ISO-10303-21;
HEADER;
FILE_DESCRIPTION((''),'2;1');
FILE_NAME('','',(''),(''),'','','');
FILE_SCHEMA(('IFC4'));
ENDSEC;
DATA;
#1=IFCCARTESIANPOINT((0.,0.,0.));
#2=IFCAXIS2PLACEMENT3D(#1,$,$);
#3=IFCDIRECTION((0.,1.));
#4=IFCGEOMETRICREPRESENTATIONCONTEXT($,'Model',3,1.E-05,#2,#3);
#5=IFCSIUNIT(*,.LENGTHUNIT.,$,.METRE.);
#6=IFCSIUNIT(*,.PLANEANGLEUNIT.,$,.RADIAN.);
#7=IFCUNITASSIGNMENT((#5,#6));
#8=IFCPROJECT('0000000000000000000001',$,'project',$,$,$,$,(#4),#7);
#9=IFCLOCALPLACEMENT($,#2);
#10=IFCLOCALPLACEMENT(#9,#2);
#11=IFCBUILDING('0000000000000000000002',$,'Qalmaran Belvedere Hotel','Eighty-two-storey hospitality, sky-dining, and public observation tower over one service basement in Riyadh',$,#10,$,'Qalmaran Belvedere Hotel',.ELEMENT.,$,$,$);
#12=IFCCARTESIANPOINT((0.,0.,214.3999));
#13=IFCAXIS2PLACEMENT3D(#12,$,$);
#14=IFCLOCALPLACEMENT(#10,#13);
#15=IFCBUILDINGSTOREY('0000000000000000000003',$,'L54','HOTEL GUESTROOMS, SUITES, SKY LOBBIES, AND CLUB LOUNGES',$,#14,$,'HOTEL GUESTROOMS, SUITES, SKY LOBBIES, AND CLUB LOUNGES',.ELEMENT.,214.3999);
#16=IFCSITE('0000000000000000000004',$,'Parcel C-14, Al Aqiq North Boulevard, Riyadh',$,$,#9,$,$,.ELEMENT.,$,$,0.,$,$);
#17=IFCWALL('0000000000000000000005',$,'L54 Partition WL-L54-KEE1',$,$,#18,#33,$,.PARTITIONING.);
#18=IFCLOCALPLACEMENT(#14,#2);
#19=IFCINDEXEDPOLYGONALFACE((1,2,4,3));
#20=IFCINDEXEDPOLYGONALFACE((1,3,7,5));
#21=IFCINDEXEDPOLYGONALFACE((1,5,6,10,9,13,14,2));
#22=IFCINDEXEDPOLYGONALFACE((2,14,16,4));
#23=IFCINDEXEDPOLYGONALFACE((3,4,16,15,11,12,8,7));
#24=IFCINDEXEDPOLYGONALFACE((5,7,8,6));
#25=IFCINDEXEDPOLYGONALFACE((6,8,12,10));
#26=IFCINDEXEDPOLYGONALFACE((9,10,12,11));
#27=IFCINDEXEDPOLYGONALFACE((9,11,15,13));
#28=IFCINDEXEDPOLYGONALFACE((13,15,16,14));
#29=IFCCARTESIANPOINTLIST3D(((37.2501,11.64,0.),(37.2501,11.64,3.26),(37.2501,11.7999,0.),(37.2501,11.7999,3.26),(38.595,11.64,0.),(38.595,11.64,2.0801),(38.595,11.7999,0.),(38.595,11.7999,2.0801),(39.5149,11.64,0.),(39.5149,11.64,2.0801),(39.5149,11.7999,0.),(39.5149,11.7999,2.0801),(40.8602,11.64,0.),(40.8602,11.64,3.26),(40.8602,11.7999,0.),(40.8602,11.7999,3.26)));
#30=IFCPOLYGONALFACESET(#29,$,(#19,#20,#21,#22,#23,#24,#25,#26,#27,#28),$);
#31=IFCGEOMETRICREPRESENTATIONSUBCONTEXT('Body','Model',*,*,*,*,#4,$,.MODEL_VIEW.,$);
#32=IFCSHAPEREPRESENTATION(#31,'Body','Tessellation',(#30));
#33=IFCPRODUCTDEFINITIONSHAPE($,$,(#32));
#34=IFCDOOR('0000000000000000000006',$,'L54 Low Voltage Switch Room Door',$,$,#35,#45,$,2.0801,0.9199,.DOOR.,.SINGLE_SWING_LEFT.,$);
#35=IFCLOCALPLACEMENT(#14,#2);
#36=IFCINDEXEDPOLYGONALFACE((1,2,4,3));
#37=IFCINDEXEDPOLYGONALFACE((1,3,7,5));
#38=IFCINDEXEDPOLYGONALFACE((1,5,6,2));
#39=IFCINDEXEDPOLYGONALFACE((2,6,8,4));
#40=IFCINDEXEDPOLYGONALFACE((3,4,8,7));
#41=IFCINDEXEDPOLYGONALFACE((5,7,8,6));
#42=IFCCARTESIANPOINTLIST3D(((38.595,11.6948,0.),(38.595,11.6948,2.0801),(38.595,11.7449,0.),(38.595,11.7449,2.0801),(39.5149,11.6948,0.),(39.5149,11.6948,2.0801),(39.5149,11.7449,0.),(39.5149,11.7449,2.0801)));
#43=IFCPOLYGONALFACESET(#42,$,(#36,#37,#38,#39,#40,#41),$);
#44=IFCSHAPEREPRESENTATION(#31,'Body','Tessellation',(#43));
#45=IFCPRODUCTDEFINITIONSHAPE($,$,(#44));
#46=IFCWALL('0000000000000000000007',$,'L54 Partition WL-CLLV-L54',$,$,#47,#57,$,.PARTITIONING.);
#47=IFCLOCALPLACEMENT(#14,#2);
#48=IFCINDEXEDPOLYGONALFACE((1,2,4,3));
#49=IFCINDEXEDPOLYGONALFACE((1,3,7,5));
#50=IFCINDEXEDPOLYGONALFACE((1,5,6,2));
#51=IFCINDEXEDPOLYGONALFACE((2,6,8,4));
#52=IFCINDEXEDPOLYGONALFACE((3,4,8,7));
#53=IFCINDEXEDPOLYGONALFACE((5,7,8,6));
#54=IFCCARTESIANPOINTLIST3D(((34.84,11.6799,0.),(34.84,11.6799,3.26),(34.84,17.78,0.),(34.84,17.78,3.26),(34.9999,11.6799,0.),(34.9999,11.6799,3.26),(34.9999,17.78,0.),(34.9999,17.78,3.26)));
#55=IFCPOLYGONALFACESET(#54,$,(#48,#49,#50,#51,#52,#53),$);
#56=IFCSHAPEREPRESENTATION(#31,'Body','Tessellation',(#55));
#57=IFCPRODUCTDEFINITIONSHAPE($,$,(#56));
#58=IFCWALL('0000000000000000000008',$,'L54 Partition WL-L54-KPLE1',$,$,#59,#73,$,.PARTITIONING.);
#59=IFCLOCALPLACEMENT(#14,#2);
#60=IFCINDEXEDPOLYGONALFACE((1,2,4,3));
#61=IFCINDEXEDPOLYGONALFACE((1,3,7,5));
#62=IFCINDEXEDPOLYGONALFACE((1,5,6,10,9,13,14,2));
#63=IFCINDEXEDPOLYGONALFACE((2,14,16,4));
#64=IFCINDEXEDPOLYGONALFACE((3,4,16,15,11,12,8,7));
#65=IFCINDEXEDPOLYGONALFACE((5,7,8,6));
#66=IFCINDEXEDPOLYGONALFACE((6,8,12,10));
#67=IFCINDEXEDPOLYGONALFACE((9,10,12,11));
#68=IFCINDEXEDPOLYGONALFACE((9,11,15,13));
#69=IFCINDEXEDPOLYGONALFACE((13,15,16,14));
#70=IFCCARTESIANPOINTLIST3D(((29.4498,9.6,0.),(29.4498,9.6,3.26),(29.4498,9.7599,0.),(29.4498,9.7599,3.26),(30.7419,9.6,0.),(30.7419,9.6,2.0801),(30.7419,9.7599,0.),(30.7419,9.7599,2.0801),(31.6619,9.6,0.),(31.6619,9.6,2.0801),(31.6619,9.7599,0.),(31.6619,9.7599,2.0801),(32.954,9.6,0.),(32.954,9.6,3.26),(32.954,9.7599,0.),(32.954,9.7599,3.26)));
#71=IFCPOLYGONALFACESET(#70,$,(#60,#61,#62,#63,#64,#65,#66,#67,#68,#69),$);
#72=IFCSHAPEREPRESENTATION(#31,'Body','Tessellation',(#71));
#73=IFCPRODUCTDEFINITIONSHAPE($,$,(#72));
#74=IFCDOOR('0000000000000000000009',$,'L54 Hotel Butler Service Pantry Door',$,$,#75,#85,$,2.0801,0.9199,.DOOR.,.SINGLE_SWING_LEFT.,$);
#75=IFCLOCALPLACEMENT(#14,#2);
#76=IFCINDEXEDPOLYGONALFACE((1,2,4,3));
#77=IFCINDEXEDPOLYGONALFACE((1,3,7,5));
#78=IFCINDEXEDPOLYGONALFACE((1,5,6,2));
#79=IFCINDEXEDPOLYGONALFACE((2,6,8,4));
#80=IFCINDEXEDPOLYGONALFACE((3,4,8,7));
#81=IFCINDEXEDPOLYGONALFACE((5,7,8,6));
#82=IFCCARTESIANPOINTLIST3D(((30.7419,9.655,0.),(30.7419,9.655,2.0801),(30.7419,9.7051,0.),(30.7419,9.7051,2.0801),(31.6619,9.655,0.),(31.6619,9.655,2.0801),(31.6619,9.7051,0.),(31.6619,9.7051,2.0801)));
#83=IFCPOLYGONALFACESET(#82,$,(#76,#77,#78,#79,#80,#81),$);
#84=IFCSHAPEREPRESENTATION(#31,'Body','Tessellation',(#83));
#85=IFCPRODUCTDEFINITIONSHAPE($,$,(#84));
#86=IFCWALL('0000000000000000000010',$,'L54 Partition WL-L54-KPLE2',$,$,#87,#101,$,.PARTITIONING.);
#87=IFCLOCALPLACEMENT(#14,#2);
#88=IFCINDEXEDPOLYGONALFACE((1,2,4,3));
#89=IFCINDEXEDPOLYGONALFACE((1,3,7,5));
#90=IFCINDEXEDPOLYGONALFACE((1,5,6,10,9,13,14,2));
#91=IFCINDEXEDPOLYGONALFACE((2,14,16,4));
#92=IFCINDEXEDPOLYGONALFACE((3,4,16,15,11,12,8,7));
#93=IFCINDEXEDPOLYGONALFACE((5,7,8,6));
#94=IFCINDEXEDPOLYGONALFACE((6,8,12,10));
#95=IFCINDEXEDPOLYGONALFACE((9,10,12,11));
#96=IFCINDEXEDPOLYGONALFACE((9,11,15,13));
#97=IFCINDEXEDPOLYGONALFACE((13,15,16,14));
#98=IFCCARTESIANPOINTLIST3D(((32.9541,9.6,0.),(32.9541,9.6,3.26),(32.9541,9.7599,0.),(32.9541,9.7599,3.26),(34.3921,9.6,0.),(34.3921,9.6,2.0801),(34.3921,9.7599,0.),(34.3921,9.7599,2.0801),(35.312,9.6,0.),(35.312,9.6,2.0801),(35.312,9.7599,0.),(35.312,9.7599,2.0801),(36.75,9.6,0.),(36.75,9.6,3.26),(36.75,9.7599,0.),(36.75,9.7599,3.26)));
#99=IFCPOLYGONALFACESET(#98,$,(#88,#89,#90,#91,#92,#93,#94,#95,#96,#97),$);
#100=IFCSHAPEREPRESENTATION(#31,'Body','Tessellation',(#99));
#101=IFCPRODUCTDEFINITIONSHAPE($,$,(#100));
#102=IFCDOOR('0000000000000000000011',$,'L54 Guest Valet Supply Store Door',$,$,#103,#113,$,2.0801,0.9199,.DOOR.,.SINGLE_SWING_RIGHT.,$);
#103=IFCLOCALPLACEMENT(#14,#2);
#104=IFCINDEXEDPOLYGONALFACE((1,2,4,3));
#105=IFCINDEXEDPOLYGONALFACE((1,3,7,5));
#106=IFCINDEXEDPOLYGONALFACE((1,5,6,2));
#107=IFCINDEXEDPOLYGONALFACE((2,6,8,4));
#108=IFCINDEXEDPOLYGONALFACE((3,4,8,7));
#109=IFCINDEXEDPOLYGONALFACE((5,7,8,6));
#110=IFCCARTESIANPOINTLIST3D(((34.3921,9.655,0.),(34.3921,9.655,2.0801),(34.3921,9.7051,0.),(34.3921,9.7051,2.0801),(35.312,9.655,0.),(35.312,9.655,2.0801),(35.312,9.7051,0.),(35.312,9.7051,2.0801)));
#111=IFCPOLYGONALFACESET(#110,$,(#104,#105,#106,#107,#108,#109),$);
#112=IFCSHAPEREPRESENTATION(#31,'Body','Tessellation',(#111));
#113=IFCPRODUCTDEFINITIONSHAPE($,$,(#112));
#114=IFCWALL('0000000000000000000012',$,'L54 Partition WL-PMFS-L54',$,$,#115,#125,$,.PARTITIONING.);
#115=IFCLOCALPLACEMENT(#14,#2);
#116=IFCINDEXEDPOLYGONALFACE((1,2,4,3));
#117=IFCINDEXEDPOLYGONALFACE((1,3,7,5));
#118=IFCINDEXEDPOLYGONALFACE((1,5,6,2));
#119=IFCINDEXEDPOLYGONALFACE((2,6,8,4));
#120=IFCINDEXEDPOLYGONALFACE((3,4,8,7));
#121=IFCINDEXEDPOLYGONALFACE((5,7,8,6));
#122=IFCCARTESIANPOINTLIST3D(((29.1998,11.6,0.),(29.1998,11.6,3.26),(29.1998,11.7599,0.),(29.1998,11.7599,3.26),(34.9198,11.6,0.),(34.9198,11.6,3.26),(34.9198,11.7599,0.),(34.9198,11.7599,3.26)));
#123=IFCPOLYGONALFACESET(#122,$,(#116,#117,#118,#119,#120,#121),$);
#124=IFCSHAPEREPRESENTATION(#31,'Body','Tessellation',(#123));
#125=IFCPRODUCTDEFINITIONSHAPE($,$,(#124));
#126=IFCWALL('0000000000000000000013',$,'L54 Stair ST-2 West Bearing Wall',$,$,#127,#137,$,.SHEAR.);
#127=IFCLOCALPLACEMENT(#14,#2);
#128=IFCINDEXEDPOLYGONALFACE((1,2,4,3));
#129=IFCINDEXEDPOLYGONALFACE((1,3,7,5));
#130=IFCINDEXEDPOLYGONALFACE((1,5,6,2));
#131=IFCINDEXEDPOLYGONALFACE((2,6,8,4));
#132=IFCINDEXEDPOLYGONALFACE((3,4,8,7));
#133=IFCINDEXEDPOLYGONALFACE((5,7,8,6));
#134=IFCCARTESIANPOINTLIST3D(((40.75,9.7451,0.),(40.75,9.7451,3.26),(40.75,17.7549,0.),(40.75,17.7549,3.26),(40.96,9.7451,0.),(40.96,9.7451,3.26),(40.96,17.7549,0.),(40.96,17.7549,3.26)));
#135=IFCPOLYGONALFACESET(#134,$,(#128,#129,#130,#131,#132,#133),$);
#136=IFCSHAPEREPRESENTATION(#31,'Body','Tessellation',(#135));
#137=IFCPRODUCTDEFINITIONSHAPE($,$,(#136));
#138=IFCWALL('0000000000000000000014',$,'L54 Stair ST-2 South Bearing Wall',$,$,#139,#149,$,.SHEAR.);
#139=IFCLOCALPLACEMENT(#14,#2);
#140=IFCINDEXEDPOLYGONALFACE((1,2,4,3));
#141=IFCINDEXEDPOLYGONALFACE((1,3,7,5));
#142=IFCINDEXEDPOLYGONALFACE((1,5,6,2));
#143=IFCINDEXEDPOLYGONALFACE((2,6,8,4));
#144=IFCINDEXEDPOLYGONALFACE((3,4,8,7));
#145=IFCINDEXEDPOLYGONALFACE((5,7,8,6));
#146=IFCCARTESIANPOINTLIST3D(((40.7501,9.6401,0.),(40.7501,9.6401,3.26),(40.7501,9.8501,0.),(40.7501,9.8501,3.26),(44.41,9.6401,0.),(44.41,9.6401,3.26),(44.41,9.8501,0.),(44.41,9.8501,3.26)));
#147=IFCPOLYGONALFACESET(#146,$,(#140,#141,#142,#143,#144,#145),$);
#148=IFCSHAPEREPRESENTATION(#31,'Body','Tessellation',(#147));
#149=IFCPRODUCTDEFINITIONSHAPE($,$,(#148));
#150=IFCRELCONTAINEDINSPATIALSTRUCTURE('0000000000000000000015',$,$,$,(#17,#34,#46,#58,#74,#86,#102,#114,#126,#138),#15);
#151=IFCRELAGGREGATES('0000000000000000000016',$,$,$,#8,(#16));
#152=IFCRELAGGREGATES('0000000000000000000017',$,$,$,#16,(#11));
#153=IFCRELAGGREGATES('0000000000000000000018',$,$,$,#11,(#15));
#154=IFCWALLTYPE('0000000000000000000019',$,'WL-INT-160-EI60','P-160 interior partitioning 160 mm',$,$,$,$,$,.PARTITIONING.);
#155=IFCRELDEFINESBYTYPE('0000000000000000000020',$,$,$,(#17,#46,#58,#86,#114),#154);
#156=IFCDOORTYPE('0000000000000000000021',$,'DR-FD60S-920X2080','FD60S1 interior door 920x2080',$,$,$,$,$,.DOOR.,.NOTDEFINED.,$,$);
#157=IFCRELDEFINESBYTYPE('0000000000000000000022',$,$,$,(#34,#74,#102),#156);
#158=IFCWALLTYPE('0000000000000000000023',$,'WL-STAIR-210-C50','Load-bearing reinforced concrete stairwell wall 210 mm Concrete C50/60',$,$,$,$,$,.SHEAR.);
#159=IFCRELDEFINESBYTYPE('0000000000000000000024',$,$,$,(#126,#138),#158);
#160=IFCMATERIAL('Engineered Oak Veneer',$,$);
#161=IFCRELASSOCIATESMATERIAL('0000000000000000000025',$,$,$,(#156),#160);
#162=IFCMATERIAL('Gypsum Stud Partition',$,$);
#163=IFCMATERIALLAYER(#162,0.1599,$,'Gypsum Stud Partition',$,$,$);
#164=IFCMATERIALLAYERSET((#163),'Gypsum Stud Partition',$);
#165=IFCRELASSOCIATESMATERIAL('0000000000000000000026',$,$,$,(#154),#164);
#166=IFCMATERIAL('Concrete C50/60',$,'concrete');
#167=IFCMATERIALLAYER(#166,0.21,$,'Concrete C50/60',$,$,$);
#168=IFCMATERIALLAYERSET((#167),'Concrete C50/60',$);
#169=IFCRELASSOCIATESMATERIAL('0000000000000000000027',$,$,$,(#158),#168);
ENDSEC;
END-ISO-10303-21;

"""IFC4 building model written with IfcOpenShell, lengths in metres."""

from ifc_helpers import new_model, si_unit, direction, frame, frame_2d, origin, place, context, subcontext, project, spatial, rectangle, extrude, material, layer, layer_set, type_object, element, fill, save


model = new_model("IFC4")

# Units and contexts
model_context = context("Model", 3, precision=1e-05, world=origin(), true_north=direction((0.0, 1.0)))
body_context = subcontext(model_context, "Body", "Model", "MODEL_VIEW")
ifc_project = project(units=[si_unit("LENGTHUNIT", "METRE"), si_unit("PLANEANGLEUNIT", "RADIAN")], contexts=[model_context])

# Site, building, storey
site_placement = place(None, origin())
site = spatial("IfcSite", under=ifc_project, at=site_placement, Name="Parcel C-14, Al Aqiq North Boulevard, Riyadh", CompositionType="ELEMENT", RefElevation=0.0)
building_placement = place(site_placement, origin())
building = spatial("IfcBuilding", under=site, at=building_placement, Name="Qalmaran Belvedere Hotel", Description="Eighty-two-storey hospitality, sky-dining, and public observation tower over one service basement in Riyadh", LongName="Qalmaran Belvedere Hotel", CompositionType="ELEMENT")
storey_placement = place(building_placement, frame((0.0, 0.0, 214.3999)))
storey = spatial("IfcBuildingStorey", under=building, at=storey_placement, Name="L54", Description="HOTEL GUESTROOMS, SUITES, SKY LOBBIES, AND CLUB LOUNGES", LongName="HOTEL GUESTROOMS, SUITES, SKY LOBBIES, AND CLUB LOUNGES", CompositionType="ELEMENT", Elevation=214.3999)

# Shared definitions
ifc_material_1 = material(Name="Concrete C50/60", Category="concrete")

# Shared definitions
ifc_material_2 = material(Name="Gypsum Stud Partition")

# Wall, opening, door
ifc_material_3 = material(Name="Engineered Oak Veneer")
door_type_1 = type_object("IfcDoorType", Name="DR-FD60S-920X2080", Description="FD60S1 interior door 920x2080", OperationType="NOTDEFINED", PredefinedType="DOOR", material=ifc_material_3)
ifc_layer_1 = layer(ifc_material_2, 0.1599, Name="Gypsum Stud Partition")
ifc_layer_set_1 = layer_set([ifc_layer_1], Name="Gypsum Stud Partition")
wall_type_1 = type_object("IfcWallType", Name="WL-INT-160-EI60", Description="P-160 interior partitioning 160 mm", PredefinedType="PARTITIONING", material=ifc_layer_set_1)
wall_1_placement = place(storey_placement, frame((37.25, 11.72, 0.0), z_axis=(0.0, 0.0, 1.0), x_axis=(1.0, 0.0, 0.0)))
wall_1 = element("IfcWall", 1, at=wall_1_placement, inside=storey, type_object=wall_type_1, Name="L54 Partition WL-L54-KEE1", PredefinedType="PARTITIONING", context=body_context, shape_type="SweptSolid", body=[
    extrude(rectangle(XDim=3.6101, YDim=0.1599, at=frame_2d((1.8052, 0.0))), origin(), (0.0, 0.0, 1.0), 3.26),
])
opening_1_placement = place(wall_1_placement, frame((1.345, 0.0, 0.0)))
opening_1 = element("IfcOpeningElement", 2, at=opening_1_placement, cuts=wall_1, PredefinedType="OPENING", context=body_context, shape_type="SweptSolid", body=[
    extrude(rectangle(XDim=0.9199, YDim=2.0801, at=frame_2d((0.46, 1.04))), frame((0.0, 0.0898, 0.0), z_axis=(0.0, -1.0, 0.0), x_axis=(1.0, 0.0, 0.0)), (0.0, 0.0, 1.0), 0.1799),
])
door_1_placement = place(opening_1_placement, origin())
door_1 = element("IfcDoor", 3, at=door_1_placement, inside=storey, type_object=door_type_1, Name="L54 Low Voltage Switch Room Door", OperationType="SINGLE_SWING_LEFT", OverallHeight=2.0801, OverallWidth=0.9199, PredefinedType="DOOR", context=body_context, shape_type="SweptSolid", body=[
    extrude(rectangle(XDim=0.9199, YDim=2.0801, at=frame_2d((0.46, 1.04))), frame((0.0, 0.0249, 0.0), z_axis=(0.0, -1.0, 0.0), x_axis=(1.0, 0.0, 0.0)), (0.0, 0.0, 1.0), 0.05),
])
fill(opening_1, door_1)

# Wall
wall_2_placement = place(storey_placement, frame((34.9199, 11.6799, 0.0), z_axis=(0.0, 0.0, 1.0), x_axis=(0.0, 1.0, 0.0)))
element("IfcWall", 4, at=wall_2_placement, inside=storey, type_object=wall_type_1, Name="L54 Partition WL-CLLV-L54", PredefinedType="PARTITIONING", context=body_context, shape_type="SweptSolid", body=[
    extrude(rectangle(XDim=6.1001, YDim=0.1599, at=frame_2d((3.05, 0.0))), origin(), (0.0, 0.0, 1.0), 3.26),
])

# Walls, openings, doors
wall_3_placement = place(storey_placement, frame((29.45, 9.6799, 0.0), z_axis=(0.0, 0.0, 1.0), x_axis=(1.0, 0.0, 0.0)))
wall_3 = element("IfcWall", 5, at=wall_3_placement, inside=storey, type_object=wall_type_1, Name="L54 Partition WL-L54-KPLE1", PredefinedType="PARTITIONING", context=body_context, shape_type="SweptSolid", body=[
    extrude(rectangle(XDim=3.5042, YDim=0.1599, at=frame_2d((1.752, 0.0))), origin(), (0.0, 0.0, 1.0), 3.26),
])
opening_2_placement = place(wall_3_placement, frame((2.2119, 0.0, 0.0), z_axis=(0.0, 0.0, 1.0), x_axis=(-1.0, 0.0, 0.0)))
opening_2 = element("IfcOpeningElement", 6, at=opening_2_placement, cuts=wall_3, PredefinedType="OPENING", context=body_context, shape_type="SweptSolid", body=[
    extrude(rectangle(XDim=0.9199, YDim=2.0801, at=frame_2d((0.46, 1.04))), frame((0.0, 0.0898, 0.0), z_axis=(0.0, -1.0, 0.0), x_axis=(1.0, 0.0, 0.0)), (0.0, 0.0, 1.0), 0.1799),
])
door_2_placement = place(opening_2_placement, origin())
door_2 = element("IfcDoor", 7, at=door_2_placement, inside=storey, type_object=door_type_1, Name="L54 Hotel Butler Service Pantry Door", OperationType="SINGLE_SWING_LEFT", OverallHeight=2.0801, OverallWidth=0.9199, PredefinedType="DOOR", context=body_context, shape_type="SweptSolid", body=[
    extrude(rectangle(XDim=0.9199, YDim=2.0801, at=frame_2d((0.46, 1.04))), frame((0.0, 0.0249, 0.0), z_axis=(0.0, -1.0, 0.0), x_axis=(1.0, 0.0, 0.0)), (0.0, 0.0, 1.0), 0.05),
])
fill(opening_2, door_2)
wall_4_placement = place(storey_placement, frame((32.9541, 9.6799, 0.0), z_axis=(0.0, 0.0, 1.0), x_axis=(1.0, 0.0, 0.0)))
wall_4 = element("IfcWall", 8, at=wall_4_placement, inside=storey, type_object=wall_type_1, Name="L54 Partition WL-L54-KPLE2", PredefinedType="PARTITIONING", context=body_context, shape_type="SweptSolid", body=[
    extrude(rectangle(XDim=3.7959, YDim=0.1599, at=frame_2d((1.8979, 0.0))), origin(), (0.0, 0.0, 1.0), 3.26),
])
opening_3_placement = place(wall_4_placement, frame((2.3579, 0.0, 0.0), z_axis=(0.0, 0.0, 1.0), x_axis=(-1.0, 0.0, 0.0)))
opening_3 = element("IfcOpeningElement", 9, at=opening_3_placement, cuts=wall_4, PredefinedType="OPENING", context=body_context, shape_type="SweptSolid", body=[
    extrude(rectangle(XDim=0.9199, YDim=2.0801, at=frame_2d((0.46, 1.04))), frame((0.0, 0.0898, 0.0), z_axis=(0.0, -1.0, 0.0), x_axis=(1.0, 0.0, 0.0)), (0.0, 0.0, 1.0), 0.1799),
])
door_3_placement = place(opening_3_placement, origin())
door_3 = element("IfcDoor", 10, at=door_3_placement, inside=storey, type_object=door_type_1, Name="L54 Guest Valet Supply Store Door", OperationType="SINGLE_SWING_RIGHT", OverallHeight=2.0801, OverallWidth=0.9199, PredefinedType="DOOR", context=body_context, shape_type="SweptSolid", body=[
    extrude(rectangle(XDim=0.9199, YDim=2.0801, at=frame_2d((0.46, 1.04))), frame((0.0, 0.0249, 0.0), z_axis=(0.0, -1.0, 0.0), x_axis=(1.0, 0.0, 0.0)), (0.0, 0.0, 1.0), 0.05),
])
fill(opening_3, door_3)

# Walls
wall_5_placement = place(storey_placement, frame((29.2, 11.6799, 0.0), z_axis=(0.0, 0.0, 1.0), x_axis=(1.0, 0.0, 0.0)))
element("IfcWall", 11, at=wall_5_placement, inside=storey, type_object=wall_type_1, Name="L54 Partition WL-PMFS-L54", PredefinedType="PARTITIONING", context=body_context, shape_type="SweptSolid", body=[
    extrude(rectangle(XDim=5.72, YDim=0.1599, at=frame_2d((2.8599, 0.0))), origin(), (0.0, 0.0, 1.0), 3.26),
])
ifc_layer_2 = layer(ifc_material_1, 0.21, Name="Concrete C50/60")
ifc_layer_set_2 = layer_set([ifc_layer_2], Name="Concrete C50/60")
wall_type_2 = type_object("IfcWallType", Name="WL-STAIR-210-C50", Description="Load-bearing reinforced concrete stairwell wall 210 mm Concrete C50/60", PredefinedType="SHEAR", material=ifc_layer_set_2)
wall_6_placement = place(storey_placement, frame((40.855, 9.7451, 0.0), z_axis=(0.0, 0.0, 1.0), x_axis=(0.0, 1.0, 0.0)))
element("IfcWall", 12, at=wall_6_placement, inside=storey, type_object=wall_type_2, Name="L54 Stair ST-2 West Bearing Wall", PredefinedType="SHEAR", context=body_context, shape_type="SweptSolid", body=[
    extrude(rectangle(XDim=8.0098, YDim=0.21, at=frame_2d((4.0049, 0.0))), origin(), (0.0, 0.0, 1.0), 3.26),
])
wall_7_placement = place(storey_placement, frame((40.75, 9.7451, 0.0), z_axis=(0.0, 0.0, 1.0), x_axis=(1.0, 0.0, 0.0)))
element("IfcWall", 13, at=wall_7_placement, inside=storey, type_object=wall_type_2, Name="L54 Stair ST-2 South Bearing Wall", PredefinedType="SHEAR", context=body_context, shape_type="SweptSolid", body=[
    extrude(rectangle(XDim=3.6599, YDim=0.21, at=frame_2d((1.8301, 0.0))), origin(), (0.0, 0.0, 1.0), 3.26),
])

save(model, "model.ifc")
